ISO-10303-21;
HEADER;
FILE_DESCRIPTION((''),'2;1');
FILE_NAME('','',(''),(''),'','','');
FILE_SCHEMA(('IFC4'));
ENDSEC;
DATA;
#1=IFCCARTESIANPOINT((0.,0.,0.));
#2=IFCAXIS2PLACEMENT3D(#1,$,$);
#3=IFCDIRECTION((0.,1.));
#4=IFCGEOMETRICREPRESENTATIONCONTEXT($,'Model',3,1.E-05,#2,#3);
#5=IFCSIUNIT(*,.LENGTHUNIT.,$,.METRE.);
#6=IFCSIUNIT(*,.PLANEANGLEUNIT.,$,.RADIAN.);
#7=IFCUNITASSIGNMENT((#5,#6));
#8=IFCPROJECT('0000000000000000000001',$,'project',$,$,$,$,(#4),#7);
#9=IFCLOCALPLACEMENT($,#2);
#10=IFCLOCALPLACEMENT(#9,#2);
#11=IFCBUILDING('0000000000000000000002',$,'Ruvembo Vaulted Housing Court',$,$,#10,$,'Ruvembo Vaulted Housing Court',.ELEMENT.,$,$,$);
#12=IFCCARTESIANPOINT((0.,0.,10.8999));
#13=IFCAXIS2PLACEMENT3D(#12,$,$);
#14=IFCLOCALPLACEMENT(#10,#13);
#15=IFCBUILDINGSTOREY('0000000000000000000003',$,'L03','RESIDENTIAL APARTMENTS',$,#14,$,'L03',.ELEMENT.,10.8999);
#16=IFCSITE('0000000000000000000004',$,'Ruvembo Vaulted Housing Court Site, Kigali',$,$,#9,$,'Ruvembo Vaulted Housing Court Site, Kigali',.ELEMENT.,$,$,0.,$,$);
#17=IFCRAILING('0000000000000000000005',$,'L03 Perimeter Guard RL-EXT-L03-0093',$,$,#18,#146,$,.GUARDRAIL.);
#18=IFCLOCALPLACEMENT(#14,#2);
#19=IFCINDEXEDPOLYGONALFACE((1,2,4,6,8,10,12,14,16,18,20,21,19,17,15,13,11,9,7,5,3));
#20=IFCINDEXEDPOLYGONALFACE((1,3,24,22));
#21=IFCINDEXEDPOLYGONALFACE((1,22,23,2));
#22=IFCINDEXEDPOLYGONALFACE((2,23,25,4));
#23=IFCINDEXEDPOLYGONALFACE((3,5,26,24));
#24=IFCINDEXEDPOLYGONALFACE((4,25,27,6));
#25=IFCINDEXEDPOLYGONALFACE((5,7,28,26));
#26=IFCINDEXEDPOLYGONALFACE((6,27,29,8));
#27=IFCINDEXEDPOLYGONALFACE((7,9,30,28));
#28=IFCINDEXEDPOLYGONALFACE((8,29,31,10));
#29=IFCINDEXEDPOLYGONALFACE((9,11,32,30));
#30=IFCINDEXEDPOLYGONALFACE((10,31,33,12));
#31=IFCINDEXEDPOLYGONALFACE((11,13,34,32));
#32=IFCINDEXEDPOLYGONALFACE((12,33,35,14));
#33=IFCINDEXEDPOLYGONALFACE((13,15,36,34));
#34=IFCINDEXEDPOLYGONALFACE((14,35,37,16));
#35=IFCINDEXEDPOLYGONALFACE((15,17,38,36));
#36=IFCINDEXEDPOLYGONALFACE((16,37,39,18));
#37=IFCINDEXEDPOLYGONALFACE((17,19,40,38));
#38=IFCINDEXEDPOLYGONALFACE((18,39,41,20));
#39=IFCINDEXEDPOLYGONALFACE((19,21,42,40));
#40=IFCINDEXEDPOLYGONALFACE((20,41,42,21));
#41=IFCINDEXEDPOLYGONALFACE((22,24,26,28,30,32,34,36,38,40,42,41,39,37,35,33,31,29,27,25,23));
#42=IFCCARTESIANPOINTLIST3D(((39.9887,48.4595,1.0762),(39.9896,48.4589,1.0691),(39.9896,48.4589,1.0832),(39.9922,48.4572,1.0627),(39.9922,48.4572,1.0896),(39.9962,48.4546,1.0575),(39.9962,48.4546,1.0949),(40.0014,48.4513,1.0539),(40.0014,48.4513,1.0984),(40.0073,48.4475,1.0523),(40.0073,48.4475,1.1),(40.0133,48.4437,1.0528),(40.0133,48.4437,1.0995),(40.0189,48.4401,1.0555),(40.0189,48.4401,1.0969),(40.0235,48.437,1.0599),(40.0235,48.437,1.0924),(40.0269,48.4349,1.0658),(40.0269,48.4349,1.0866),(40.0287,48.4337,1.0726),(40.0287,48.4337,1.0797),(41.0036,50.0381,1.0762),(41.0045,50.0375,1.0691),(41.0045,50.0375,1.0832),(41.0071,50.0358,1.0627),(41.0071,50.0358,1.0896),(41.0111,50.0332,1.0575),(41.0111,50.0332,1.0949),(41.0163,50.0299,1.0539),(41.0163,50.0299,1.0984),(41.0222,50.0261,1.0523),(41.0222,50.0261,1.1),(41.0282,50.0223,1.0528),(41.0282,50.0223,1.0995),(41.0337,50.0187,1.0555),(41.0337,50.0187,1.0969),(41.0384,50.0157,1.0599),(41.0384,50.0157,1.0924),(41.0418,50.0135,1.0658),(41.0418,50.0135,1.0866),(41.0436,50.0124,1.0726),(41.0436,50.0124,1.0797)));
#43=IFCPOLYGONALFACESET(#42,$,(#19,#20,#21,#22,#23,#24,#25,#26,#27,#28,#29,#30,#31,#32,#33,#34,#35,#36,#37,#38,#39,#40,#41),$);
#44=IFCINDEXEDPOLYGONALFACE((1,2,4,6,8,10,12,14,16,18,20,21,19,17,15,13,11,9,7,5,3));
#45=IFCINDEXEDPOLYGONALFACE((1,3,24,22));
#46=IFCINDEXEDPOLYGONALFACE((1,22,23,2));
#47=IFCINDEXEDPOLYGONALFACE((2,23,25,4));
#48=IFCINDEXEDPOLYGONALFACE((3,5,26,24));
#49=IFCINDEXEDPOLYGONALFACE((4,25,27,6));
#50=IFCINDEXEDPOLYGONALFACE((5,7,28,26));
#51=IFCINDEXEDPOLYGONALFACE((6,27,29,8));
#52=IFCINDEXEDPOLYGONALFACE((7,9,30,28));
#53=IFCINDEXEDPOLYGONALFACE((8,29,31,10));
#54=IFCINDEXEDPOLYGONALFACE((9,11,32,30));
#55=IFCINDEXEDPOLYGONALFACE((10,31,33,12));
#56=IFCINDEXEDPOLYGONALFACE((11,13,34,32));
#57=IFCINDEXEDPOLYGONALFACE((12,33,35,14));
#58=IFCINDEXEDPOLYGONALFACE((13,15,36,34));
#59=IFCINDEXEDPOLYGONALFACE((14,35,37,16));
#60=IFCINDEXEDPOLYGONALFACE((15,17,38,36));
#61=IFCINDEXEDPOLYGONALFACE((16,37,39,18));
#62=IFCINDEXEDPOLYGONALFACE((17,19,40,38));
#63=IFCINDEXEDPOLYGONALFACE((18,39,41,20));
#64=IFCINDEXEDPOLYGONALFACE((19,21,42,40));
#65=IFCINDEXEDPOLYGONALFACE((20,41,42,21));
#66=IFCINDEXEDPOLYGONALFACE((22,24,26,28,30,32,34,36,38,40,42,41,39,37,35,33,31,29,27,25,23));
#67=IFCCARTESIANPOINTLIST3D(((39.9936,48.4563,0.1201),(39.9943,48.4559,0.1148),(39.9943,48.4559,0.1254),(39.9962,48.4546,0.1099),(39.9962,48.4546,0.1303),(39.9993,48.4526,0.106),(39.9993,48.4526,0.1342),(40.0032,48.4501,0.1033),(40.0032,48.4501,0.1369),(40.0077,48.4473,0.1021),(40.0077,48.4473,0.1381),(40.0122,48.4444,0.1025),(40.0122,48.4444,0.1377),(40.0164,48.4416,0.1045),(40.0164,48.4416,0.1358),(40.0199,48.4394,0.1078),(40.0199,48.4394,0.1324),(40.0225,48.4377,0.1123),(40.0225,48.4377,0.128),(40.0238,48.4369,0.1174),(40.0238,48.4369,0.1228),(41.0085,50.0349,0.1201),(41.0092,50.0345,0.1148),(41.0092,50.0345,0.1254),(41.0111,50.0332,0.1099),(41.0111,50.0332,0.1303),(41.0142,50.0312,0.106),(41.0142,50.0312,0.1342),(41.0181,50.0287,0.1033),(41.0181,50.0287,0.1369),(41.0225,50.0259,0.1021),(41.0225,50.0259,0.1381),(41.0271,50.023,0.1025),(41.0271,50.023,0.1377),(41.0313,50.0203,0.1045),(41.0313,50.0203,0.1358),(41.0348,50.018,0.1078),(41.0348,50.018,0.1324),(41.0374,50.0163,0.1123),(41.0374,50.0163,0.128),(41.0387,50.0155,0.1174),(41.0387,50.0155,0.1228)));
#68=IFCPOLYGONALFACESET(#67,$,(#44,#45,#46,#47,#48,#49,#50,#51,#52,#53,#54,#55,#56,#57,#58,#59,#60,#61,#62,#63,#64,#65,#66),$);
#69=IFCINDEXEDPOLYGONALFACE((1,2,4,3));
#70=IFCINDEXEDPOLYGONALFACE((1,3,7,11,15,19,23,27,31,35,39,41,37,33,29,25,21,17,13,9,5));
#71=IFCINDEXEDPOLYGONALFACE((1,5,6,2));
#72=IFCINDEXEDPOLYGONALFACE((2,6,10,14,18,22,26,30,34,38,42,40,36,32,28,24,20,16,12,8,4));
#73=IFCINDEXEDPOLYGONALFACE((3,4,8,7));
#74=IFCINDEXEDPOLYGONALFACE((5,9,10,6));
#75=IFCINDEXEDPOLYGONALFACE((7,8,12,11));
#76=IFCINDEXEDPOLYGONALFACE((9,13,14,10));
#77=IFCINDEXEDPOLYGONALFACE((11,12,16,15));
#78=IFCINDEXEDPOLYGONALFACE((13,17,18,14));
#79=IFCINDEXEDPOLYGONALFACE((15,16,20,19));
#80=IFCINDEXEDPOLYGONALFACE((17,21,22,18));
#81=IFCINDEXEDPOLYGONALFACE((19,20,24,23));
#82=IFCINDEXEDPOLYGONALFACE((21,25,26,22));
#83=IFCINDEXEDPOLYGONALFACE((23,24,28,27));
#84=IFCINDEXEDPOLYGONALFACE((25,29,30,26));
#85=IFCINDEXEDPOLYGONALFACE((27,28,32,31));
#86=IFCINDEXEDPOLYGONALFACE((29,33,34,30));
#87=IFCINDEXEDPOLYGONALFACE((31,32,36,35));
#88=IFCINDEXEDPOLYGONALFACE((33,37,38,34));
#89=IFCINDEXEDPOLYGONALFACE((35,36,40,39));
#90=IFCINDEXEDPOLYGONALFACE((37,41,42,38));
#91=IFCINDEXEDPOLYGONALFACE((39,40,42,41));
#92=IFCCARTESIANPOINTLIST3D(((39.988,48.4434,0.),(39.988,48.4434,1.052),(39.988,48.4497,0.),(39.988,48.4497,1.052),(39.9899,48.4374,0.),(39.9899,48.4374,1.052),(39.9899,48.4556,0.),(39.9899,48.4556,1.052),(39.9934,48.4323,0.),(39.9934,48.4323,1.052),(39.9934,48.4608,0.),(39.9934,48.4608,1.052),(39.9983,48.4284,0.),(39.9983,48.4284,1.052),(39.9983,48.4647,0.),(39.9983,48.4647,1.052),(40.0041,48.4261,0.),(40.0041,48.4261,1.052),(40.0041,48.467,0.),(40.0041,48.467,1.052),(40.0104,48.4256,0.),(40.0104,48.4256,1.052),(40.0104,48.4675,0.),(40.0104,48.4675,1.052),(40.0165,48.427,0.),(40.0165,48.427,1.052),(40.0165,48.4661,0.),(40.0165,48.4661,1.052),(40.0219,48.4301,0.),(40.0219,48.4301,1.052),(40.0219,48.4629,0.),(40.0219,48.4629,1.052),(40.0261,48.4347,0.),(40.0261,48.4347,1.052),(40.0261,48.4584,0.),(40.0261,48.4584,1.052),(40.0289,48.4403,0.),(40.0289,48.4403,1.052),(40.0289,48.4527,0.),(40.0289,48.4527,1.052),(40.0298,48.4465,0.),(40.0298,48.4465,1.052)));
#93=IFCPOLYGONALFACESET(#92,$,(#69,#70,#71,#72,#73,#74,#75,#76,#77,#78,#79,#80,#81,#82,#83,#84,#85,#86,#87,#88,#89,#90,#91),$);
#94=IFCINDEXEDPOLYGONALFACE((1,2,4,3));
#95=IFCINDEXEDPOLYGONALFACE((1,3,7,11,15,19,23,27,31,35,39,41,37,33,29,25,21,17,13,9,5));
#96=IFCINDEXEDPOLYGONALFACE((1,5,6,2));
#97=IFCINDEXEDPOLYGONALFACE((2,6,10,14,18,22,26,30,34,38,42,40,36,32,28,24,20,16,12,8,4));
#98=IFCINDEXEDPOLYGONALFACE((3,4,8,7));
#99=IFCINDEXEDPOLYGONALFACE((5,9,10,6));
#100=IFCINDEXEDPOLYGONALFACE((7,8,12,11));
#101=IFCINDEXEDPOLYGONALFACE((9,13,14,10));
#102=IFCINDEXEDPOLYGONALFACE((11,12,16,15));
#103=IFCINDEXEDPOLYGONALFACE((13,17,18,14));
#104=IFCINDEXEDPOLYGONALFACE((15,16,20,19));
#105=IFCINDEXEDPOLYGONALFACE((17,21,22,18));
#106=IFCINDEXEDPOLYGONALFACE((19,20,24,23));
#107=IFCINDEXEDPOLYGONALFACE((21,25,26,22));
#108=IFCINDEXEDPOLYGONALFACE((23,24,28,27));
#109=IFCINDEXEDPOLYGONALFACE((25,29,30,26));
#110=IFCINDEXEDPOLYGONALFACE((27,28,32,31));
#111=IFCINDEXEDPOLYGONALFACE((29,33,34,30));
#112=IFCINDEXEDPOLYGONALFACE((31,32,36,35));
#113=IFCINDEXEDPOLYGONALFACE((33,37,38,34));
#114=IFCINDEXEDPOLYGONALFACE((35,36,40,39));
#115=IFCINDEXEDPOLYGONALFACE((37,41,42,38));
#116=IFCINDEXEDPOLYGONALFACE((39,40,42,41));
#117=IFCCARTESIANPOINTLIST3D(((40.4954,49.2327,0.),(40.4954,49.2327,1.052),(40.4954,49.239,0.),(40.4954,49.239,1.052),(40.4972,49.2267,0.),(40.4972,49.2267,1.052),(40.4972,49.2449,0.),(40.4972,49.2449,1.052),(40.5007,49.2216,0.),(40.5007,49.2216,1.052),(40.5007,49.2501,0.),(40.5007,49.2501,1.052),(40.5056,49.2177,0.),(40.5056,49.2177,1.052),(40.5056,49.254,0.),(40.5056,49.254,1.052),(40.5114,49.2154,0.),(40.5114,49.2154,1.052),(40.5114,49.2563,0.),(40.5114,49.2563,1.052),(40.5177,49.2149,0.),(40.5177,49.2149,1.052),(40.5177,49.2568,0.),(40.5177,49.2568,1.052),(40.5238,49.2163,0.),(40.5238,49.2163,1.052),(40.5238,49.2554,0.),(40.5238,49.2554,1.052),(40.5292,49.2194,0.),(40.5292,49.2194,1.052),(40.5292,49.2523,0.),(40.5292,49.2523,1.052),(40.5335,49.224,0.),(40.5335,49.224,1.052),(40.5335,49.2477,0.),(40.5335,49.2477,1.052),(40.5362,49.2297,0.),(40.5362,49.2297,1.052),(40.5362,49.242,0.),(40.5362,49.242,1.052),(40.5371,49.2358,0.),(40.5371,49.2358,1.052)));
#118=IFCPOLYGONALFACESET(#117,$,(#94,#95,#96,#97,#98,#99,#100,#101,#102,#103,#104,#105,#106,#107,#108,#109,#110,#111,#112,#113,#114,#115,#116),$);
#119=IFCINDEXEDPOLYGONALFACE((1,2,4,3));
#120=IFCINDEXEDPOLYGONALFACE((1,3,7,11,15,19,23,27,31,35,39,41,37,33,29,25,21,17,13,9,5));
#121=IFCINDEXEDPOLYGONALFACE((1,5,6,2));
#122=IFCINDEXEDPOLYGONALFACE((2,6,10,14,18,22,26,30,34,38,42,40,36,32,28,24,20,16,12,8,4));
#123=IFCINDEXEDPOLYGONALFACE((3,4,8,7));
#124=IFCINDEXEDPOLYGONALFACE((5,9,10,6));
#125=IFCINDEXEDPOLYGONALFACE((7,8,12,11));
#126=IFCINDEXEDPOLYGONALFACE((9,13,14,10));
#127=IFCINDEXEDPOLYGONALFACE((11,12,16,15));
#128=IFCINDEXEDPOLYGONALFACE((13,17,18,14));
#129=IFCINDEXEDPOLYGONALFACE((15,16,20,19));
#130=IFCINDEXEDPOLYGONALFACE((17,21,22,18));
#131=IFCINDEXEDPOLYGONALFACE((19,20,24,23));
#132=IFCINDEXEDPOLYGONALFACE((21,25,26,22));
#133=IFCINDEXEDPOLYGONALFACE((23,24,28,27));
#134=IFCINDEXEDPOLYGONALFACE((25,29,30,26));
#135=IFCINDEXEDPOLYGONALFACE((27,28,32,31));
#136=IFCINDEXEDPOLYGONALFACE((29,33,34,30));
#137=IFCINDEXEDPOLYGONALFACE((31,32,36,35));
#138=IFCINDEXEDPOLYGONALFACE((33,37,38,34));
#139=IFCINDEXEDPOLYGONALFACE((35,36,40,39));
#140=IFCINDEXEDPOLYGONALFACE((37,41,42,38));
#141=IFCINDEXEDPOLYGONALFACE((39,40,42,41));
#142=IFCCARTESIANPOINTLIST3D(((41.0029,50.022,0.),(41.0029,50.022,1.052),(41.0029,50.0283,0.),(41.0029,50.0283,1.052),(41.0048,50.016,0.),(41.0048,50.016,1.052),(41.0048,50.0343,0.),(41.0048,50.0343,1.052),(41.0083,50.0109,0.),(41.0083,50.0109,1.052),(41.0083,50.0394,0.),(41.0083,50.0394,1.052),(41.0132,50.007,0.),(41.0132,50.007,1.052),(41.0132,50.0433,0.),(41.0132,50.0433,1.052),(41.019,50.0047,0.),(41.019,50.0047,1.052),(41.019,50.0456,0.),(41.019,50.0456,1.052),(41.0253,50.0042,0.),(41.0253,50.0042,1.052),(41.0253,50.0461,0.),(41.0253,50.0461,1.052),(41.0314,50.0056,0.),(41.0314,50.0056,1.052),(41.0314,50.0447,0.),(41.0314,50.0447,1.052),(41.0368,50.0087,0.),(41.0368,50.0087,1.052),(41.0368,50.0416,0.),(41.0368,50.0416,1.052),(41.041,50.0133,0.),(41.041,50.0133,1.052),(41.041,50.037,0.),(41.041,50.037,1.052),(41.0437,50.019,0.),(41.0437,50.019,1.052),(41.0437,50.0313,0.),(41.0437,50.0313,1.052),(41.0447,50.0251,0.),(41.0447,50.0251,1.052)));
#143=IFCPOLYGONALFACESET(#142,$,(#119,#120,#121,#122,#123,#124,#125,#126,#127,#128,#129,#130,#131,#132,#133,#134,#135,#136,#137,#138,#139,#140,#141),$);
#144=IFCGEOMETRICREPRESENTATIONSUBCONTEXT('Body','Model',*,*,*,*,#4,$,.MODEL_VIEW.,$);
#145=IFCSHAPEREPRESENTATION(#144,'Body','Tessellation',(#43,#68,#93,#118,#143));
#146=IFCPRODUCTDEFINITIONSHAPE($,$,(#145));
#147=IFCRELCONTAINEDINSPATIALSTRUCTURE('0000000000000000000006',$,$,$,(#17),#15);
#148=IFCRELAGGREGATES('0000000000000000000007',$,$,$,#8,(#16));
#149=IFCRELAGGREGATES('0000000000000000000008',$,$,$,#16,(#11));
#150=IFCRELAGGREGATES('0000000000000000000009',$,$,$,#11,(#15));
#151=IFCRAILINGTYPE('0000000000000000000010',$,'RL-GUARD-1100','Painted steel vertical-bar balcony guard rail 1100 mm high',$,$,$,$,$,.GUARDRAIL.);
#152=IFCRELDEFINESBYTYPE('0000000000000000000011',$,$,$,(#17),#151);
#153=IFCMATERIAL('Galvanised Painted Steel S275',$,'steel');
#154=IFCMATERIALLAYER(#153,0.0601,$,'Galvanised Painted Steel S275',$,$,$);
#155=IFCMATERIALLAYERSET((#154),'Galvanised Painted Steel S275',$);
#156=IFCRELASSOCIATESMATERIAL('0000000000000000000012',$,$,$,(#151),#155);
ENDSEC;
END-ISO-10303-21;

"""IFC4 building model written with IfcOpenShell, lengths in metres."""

from ifc_helpers import new_model, si_unit, direction, frame, origin, origin_2d, place, context, subcontext, project, spatial, circle, extrude, material, layer, layer_set, type_object, element, save


model = new_model("IFC4")

# Units and contexts
model_context = context("Model", 3, precision=1e-05, world=origin(), true_north=direction((0.0, 1.0)))
body_context = subcontext(model_context, "Body", "Model", "MODEL_VIEW")
ifc_project = project(units=[si_unit("LENGTHUNIT", "METRE"), si_unit("PLANEANGLEUNIT", "RADIAN")], contexts=[model_context])

# Site, building, storey
site_placement = place(None, origin())
site = spatial("IfcSite", under=ifc_project, at=site_placement, Name="Ruvembo Vaulted Housing Court Site, Kigali", LongName="Ruvembo Vaulted Housing Court Site, Kigali", CompositionType="ELEMENT", RefElevation=0.0)
building_placement = place(site_placement, origin())
building = spatial("IfcBuilding", under=site, at=building_placement, Name="Ruvembo Vaulted Housing Court", LongName="Ruvembo Vaulted Housing Court", CompositionType="ELEMENT")
storey_placement = place(building_placement, frame((0.0, 0.0, 10.8999)))
storey = spatial("IfcBuildingStorey", under=building, at=storey_placement, Name="L03", Description="RESIDENTIAL APARTMENTS", LongName="L03", CompositionType="ELEMENT", Elevation=10.8999)

# Railing
ifc_material_1 = material(Name="Galvanised Painted Steel S275", Category="steel")
ifc_layer = layer(ifc_material_1, 0.0601, Name="Galvanised Painted Steel S275")
ifc_layer_set = layer_set([ifc_layer], Name="Galvanised Painted Steel S275")
railing_type = type_object("IfcRailingType", Name="RL-GUARD-1100", Description="Painted steel vertical-bar balcony guard rail 1100 mm high", PredefinedType="GUARDRAIL", material=ifc_layer_set)
railing_1_placement = place(storey_placement, frame((40.0088, 48.4465, 0.0)))
element("IfcRailing", 1, at=railing_1_placement, inside=storey, type_object=railing_type, Name="L03 Perimeter Guard RL-EXT-L03-0093", PredefinedType="GUARDRAIL", context=body_context, shape_type="SweptSolid", body=[
    extrude(circle(Radius=0.0239, at=origin_2d()), frame((0.0, 0.0, 1.0762), z_axis=(0.540784, 0.841162, 0.0), x_axis=(-0.841162, 0.540784, 0.0)), (0.0, 0.0, 1.0), 1.8767),
    extrude(circle(Radius=0.0181, at=origin_2d()), frame((0.0, 0.0, 0.1201), z_axis=(0.540784, 0.841162, 0.0), x_axis=(-0.841162, 0.540784, 0.0)), (0.0, 0.0, 1.0), 1.8767),
    extrude(circle(Radius=0.021, at=origin_2d()), origin(), (0.0, 0.0, 1.0), 1.052),
    extrude(circle(Radius=0.021, at=origin_2d()), frame((0.5073, 0.7893, 0.0)), (0.0, 0.0, 1.0), 1.052),
    extrude(circle(Radius=0.021, at=origin_2d()), frame((1.0149, 1.5786, 0.0)), (0.0, 0.0, 1.0), 1.052),
])

save(model, "model.ifc")
